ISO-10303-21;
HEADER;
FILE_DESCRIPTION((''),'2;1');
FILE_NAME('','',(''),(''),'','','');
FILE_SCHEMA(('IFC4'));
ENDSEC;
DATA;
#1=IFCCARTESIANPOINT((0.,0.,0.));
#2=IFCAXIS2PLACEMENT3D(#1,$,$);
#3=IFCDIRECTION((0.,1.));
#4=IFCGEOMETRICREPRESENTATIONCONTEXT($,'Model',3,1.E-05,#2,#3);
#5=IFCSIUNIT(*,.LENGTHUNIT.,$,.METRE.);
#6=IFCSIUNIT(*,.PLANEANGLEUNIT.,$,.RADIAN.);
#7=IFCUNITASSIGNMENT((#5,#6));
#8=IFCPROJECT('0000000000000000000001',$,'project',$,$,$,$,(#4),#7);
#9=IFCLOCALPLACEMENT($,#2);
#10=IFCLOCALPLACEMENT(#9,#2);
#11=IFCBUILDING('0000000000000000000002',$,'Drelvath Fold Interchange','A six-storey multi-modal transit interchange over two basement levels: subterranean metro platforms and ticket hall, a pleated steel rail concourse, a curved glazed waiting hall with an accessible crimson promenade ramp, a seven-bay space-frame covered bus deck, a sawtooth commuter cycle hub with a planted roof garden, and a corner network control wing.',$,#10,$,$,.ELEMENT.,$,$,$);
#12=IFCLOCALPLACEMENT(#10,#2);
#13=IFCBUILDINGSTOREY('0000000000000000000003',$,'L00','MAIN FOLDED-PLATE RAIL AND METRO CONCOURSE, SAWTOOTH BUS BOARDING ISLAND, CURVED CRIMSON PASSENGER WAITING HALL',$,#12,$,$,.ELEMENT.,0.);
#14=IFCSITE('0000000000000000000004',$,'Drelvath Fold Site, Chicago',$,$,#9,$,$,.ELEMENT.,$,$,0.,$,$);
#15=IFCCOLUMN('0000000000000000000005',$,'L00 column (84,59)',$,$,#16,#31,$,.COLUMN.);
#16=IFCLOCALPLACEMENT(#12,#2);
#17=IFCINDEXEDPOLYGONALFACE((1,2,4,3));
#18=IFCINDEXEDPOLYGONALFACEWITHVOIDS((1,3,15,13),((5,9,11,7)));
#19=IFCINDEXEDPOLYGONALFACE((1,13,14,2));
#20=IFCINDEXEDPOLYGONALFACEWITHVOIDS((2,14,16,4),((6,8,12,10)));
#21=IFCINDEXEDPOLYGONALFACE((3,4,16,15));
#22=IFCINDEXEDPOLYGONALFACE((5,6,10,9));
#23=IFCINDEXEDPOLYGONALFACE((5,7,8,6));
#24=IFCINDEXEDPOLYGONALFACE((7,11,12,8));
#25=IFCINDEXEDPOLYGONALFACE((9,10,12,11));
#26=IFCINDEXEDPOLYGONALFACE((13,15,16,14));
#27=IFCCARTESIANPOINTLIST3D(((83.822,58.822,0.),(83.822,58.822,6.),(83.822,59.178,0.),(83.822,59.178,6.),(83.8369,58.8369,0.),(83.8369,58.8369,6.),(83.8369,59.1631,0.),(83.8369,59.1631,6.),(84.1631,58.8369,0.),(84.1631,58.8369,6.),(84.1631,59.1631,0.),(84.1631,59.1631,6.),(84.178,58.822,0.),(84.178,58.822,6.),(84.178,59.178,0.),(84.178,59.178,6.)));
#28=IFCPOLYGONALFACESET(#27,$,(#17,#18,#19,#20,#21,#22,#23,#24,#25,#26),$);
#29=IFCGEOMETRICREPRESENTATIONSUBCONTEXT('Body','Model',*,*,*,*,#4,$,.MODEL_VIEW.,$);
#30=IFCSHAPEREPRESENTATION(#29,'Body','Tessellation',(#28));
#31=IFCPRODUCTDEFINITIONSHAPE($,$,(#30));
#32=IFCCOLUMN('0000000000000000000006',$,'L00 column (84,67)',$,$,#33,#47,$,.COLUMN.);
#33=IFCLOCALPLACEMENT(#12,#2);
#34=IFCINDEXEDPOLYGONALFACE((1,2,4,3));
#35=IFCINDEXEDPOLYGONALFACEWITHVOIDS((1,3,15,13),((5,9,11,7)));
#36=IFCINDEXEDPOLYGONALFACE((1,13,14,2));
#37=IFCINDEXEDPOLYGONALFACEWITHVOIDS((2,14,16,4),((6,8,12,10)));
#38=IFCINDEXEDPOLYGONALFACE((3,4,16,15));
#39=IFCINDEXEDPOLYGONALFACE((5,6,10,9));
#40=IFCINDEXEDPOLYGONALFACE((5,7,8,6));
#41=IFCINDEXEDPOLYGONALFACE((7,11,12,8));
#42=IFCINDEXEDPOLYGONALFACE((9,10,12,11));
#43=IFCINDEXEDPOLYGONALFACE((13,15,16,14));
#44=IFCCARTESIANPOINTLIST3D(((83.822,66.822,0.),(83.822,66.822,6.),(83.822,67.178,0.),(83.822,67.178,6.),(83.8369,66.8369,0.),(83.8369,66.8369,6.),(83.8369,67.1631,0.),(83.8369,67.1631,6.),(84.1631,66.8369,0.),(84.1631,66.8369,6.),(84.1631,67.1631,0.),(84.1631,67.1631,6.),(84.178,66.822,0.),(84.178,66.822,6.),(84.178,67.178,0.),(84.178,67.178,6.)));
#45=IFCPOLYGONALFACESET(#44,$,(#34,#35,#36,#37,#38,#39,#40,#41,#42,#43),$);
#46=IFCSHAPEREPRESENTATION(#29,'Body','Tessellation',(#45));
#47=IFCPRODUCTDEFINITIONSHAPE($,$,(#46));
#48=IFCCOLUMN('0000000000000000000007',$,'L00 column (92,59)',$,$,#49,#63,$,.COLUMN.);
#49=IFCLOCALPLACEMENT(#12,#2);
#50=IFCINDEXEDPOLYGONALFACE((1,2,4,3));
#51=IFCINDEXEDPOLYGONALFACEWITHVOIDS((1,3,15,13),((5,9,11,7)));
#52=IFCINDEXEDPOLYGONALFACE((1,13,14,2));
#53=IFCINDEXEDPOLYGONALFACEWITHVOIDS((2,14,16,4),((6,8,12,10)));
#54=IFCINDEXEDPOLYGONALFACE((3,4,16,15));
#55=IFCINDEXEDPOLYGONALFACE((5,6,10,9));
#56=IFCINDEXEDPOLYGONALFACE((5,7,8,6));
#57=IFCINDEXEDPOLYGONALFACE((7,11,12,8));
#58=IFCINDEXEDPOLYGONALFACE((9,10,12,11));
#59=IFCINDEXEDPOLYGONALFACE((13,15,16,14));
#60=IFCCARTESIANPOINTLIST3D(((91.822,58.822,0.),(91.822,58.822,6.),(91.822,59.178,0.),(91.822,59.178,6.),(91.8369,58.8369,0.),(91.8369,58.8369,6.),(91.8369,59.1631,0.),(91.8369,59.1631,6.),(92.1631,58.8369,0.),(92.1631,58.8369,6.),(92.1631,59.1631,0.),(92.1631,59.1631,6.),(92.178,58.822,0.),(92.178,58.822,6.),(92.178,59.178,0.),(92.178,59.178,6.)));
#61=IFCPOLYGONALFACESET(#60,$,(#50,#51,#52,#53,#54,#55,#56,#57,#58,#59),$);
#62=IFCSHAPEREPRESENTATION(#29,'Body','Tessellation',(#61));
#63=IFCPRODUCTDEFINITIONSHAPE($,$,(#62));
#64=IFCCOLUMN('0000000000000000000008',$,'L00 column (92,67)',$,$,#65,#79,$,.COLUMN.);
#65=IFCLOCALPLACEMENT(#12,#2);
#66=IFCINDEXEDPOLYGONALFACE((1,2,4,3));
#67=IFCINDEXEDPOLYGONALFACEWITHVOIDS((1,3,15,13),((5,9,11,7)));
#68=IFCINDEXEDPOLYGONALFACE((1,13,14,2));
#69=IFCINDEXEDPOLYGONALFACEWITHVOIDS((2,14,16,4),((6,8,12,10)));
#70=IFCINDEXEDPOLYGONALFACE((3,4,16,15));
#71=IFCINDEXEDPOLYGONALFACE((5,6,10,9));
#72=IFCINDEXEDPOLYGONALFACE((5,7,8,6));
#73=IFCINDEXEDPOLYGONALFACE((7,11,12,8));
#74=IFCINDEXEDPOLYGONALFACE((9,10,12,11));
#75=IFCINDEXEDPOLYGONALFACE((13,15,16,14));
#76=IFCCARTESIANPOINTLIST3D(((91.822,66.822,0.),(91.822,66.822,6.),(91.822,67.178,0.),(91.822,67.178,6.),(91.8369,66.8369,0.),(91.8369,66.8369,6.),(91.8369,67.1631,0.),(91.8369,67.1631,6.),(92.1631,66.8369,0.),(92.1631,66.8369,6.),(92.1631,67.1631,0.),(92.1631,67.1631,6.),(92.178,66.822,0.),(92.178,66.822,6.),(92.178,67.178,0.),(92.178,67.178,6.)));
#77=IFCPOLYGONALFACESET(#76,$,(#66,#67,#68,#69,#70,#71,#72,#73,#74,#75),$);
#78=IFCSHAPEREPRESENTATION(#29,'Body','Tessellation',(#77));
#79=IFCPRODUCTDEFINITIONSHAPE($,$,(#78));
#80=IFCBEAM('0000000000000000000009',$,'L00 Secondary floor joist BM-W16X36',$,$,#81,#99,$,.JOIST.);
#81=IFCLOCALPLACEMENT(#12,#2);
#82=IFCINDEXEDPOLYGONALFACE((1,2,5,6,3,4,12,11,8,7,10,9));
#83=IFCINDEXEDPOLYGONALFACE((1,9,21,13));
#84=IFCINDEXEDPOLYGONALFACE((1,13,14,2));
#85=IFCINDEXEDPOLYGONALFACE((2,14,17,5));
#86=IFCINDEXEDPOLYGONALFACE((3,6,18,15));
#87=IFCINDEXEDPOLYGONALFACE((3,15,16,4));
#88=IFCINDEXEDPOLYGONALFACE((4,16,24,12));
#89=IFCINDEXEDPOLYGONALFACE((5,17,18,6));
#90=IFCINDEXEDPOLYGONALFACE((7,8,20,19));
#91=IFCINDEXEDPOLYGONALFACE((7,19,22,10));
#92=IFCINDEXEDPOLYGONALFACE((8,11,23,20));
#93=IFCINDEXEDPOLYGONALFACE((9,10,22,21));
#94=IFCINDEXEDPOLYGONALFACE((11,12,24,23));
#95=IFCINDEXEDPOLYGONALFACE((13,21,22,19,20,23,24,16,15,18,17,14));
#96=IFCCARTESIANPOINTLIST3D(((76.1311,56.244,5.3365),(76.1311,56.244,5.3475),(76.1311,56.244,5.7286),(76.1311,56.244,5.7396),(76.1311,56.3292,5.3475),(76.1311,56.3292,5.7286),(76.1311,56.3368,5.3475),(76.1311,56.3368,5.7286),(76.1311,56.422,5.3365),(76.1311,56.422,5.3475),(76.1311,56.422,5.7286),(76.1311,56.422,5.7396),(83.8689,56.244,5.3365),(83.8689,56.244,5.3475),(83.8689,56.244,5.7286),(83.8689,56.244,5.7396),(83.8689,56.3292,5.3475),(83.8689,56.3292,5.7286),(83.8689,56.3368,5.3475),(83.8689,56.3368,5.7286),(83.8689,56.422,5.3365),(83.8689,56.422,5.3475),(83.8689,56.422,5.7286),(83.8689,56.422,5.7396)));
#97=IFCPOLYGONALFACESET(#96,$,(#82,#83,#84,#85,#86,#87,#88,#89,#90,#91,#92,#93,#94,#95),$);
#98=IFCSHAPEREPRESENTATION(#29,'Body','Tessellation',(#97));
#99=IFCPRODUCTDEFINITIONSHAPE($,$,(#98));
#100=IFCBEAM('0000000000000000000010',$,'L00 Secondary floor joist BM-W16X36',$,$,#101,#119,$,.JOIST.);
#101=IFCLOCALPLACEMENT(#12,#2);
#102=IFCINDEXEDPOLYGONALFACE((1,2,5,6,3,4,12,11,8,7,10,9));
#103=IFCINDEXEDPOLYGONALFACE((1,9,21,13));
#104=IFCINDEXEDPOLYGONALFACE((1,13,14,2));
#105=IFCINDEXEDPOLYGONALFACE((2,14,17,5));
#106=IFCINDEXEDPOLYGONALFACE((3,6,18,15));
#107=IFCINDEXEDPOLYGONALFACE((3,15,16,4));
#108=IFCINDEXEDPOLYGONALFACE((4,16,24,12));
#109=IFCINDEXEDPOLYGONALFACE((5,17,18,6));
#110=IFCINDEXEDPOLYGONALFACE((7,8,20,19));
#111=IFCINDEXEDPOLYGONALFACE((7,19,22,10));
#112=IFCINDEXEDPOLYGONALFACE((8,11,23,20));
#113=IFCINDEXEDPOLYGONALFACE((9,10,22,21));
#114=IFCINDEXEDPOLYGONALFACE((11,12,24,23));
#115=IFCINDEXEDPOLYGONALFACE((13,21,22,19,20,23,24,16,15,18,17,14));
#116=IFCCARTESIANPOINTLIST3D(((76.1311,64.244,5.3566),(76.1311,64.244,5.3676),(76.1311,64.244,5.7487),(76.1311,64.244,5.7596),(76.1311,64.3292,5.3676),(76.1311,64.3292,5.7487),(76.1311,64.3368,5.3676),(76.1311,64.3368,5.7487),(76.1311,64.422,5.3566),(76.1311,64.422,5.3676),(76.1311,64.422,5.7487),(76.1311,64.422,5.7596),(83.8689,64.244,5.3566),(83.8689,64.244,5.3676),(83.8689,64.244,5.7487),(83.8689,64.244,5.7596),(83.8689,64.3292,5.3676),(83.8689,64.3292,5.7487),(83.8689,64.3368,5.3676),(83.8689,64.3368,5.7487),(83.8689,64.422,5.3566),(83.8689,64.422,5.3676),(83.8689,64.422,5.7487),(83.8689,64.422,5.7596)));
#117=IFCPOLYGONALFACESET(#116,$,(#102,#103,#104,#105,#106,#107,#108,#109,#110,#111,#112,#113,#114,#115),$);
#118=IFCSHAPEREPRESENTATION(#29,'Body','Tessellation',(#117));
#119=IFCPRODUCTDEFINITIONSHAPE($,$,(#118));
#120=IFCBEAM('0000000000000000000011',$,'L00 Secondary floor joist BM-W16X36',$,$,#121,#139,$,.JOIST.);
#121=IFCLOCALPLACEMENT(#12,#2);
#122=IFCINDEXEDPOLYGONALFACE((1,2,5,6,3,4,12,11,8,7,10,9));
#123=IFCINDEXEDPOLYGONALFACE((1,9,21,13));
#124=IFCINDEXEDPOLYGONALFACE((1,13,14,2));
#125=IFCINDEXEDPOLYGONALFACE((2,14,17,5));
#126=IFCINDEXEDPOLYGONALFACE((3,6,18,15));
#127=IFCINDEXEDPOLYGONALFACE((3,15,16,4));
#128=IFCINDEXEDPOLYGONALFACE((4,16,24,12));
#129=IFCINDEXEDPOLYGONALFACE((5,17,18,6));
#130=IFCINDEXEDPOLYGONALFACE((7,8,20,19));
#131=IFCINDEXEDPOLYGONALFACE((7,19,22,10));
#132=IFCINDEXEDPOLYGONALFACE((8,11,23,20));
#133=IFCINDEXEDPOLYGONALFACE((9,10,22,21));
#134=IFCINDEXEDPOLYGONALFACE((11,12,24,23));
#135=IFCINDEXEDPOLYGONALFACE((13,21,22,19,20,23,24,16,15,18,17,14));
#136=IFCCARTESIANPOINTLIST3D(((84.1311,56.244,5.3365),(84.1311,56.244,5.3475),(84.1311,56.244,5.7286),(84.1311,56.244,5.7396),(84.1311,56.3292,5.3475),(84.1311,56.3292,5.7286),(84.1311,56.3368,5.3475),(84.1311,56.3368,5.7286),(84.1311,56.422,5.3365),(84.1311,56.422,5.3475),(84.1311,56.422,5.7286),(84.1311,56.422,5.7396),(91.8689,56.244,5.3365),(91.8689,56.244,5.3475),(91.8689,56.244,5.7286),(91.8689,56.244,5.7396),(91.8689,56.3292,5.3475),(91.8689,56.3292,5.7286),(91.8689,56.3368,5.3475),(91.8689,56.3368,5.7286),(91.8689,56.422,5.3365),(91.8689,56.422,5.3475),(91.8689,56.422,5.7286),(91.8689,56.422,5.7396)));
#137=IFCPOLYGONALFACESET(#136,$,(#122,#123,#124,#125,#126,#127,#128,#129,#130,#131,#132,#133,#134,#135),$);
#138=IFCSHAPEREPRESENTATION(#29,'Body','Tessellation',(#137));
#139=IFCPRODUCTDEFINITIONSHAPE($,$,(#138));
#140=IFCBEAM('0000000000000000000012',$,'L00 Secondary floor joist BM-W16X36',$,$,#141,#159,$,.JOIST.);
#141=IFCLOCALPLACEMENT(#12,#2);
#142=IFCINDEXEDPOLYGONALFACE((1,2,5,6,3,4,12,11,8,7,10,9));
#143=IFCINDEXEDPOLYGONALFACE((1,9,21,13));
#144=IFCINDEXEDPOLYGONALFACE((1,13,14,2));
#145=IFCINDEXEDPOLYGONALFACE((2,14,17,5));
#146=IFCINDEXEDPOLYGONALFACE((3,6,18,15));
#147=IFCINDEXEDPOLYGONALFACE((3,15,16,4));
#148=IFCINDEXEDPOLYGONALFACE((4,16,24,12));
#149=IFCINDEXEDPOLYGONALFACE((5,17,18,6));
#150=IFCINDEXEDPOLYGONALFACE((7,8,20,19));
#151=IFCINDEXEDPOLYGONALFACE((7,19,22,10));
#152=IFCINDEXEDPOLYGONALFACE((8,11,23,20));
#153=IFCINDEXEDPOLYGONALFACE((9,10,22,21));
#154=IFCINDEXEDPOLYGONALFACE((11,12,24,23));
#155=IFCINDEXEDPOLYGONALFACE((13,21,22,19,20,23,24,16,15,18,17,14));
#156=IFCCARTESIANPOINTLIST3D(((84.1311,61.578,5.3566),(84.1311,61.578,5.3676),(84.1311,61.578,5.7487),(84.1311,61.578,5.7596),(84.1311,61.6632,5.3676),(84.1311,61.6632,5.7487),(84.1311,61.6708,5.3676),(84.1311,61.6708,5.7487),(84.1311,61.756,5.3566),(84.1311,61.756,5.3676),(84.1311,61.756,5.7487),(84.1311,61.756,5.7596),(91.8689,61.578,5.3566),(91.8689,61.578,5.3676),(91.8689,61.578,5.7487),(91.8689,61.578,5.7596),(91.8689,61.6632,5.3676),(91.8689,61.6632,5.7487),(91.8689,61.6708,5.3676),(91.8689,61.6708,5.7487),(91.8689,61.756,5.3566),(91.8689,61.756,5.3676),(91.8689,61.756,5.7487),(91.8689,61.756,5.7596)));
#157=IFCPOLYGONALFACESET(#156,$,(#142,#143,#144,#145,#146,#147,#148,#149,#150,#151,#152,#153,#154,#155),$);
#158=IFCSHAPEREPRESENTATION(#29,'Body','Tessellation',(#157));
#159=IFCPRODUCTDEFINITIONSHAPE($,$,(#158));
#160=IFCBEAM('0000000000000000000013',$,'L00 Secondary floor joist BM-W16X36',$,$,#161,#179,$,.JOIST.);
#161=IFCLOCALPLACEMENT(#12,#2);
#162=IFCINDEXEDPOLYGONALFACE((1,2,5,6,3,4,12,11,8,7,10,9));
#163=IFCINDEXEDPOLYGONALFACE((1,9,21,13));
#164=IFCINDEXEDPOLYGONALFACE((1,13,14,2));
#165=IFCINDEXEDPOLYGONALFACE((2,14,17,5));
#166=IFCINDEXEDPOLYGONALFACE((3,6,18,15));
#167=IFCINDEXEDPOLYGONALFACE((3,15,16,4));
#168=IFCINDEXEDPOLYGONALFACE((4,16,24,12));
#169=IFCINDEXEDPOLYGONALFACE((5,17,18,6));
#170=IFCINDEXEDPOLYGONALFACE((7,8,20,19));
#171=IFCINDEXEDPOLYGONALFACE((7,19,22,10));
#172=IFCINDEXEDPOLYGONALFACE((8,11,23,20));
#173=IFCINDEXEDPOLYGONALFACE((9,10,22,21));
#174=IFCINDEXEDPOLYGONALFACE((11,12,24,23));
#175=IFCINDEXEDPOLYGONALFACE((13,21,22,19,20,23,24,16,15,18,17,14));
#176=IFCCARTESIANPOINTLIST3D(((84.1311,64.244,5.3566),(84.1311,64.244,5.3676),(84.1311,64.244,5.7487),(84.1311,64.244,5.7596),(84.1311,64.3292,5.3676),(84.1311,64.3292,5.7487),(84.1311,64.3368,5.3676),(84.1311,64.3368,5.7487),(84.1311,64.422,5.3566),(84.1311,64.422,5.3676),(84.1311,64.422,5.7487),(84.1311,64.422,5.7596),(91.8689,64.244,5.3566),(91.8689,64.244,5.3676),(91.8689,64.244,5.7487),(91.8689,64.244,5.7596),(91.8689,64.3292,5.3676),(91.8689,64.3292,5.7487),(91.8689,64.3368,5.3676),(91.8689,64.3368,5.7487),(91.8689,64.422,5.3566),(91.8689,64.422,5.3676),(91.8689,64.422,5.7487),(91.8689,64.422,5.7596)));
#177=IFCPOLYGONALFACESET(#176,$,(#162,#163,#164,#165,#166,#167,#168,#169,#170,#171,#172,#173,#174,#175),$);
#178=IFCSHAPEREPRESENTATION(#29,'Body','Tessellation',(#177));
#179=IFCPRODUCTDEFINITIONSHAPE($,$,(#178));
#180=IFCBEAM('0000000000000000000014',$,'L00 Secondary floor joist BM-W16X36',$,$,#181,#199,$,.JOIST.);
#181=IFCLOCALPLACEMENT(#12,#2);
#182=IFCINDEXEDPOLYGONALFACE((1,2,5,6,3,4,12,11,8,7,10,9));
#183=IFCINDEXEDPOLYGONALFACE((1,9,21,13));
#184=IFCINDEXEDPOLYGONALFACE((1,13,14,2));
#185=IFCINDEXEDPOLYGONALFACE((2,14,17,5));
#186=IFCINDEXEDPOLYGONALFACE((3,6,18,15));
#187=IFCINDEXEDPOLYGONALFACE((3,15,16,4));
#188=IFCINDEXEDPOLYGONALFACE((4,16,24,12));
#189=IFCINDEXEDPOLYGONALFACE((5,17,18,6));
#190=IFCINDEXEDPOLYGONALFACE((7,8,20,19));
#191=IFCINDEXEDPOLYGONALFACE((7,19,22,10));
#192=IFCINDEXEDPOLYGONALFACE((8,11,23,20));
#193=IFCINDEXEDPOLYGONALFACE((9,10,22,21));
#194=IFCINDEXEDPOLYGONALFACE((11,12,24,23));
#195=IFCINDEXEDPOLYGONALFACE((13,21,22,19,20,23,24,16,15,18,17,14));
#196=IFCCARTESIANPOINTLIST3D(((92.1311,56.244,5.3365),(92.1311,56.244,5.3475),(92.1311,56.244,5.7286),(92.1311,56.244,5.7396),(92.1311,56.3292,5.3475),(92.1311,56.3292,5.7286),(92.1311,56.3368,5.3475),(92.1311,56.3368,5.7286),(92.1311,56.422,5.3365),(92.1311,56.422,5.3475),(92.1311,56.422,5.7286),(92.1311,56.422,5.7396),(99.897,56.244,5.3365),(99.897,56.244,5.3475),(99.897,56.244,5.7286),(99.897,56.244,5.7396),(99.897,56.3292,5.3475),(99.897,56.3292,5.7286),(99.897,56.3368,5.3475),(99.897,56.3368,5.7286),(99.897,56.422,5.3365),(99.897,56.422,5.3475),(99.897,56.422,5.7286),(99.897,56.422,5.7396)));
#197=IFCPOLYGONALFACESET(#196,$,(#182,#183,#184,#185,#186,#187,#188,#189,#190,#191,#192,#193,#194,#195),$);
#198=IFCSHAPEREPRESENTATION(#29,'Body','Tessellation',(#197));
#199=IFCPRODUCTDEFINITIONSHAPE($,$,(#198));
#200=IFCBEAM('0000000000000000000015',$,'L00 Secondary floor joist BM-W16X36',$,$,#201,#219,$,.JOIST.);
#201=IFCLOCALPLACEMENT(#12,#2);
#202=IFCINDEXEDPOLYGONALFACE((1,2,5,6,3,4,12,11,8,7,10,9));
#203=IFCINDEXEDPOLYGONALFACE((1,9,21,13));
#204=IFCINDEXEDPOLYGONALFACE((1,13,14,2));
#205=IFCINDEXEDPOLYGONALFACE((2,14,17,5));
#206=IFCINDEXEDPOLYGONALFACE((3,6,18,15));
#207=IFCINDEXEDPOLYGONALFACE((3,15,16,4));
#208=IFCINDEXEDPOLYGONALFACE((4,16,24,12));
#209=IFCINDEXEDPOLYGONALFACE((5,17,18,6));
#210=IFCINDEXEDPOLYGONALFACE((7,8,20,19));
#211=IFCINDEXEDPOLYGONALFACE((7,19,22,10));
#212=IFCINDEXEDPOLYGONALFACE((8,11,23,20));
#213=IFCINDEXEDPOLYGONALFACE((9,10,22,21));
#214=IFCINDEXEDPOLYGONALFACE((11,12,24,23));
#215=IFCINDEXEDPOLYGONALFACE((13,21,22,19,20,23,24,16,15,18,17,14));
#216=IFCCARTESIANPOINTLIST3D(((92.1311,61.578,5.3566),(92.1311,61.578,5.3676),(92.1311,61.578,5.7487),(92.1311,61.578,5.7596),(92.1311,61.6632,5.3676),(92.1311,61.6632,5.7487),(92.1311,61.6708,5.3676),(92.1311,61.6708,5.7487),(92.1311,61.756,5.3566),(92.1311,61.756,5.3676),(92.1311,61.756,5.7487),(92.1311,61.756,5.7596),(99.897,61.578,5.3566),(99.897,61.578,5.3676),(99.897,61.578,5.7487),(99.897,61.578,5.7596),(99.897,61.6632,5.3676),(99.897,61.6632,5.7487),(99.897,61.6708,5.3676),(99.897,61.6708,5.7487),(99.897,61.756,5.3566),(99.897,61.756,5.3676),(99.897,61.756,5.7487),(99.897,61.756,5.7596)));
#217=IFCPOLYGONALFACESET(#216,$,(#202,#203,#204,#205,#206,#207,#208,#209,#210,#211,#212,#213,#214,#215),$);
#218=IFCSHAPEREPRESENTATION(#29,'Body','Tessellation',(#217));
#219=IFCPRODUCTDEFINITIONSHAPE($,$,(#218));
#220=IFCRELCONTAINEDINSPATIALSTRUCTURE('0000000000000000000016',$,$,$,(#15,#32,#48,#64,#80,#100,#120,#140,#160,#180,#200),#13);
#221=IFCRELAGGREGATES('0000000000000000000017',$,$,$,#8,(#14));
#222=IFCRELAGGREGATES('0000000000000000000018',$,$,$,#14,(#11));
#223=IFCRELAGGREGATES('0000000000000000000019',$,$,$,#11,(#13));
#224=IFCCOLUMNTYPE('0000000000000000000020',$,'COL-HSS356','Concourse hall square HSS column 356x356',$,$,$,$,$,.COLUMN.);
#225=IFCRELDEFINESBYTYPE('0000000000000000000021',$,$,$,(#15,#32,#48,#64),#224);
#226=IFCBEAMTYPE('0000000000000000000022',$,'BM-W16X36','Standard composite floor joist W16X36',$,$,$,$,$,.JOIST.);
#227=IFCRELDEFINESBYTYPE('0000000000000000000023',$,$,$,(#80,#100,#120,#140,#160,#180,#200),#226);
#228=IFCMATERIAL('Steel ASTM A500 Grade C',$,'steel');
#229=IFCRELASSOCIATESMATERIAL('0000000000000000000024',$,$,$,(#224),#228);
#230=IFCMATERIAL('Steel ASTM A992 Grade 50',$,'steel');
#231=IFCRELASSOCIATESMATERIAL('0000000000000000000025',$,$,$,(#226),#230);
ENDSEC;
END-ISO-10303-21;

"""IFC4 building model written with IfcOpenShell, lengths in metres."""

from ifc_helpers import new_model, si_unit, direction, frame, origin, origin_2d, place, context, subcontext, project, spatial, hollow_rectangle, i_section, extrude, material, material_profile, profile_set, type_object, element, save


model = new_model("IFC4")

# Units and contexts
model_context = context("Model", 3, precision=1e-05, world=origin(), true_north=direction((0.0, 1.0)))
body_context = subcontext(model_context, "Body", "Model", "MODEL_VIEW")
ifc_project = project(units=[si_unit("LENGTHUNIT", "METRE"), si_unit("PLANEANGLEUNIT", "RADIAN")], contexts=[model_context])

# Site, building, storey
site_placement = place(None, origin())
site = spatial("IfcSite", under=ifc_project, at=site_placement, Name="Drelvath Fold Site, Chicago", CompositionType="ELEMENT", RefElevation=0.0)
building_placement = place(site_placement, origin())
building = spatial("IfcBuilding", under=site, at=building_placement, Name="Drelvath Fold Interchange", Description="A six-storey multi-modal transit interchange over two basement levels: subterranean metro platforms and ticket hall, a pleated steel rail concourse, a curved glazed waiting hall with an accessible crimson promenade ramp, a seven-bay space-frame covered bus deck, a sawtooth commuter cycle hub with a planted roof garden, and a corner network control wing.", CompositionType="ELEMENT")
storey_placement = place(building_placement, origin())
storey = spatial("IfcBuildingStorey", under=building, at=storey_placement, Name="L00", Description="MAIN FOLDED-PLATE RAIL AND METRO CONCOURSE, SAWTOOTH BUS BOARDING ISLAND, CURVED CRIMSON PASSENGER WAITING HALL", CompositionType="ELEMENT", Elevation=0.0)

# Columns
ifc_material_1 = material(Name="Steel ASTM A500 Grade C", Category="steel")
ifc_material_profile_1 = material_profile(ifc_material_1, hollow_rectangle(XDim=0.356, YDim=0.356, WallThickness=0.0149, at=origin_2d()), Name="HSS14X14X5/8")
ifc_profile_set_1 = profile_set([ifc_material_profile_1], Name="Steel ASTM A500 Grade C")
column_type = type_object("IfcColumnType", Name="COL-HSS356", Description="Concourse hall square HSS column 356x356", PredefinedType="COLUMN", material=ifc_profile_set_1)
for number, where, z_axis, x_axis, name in (
    (1, (84.0, 59.0, 0.0), (0.0, 0.0, 1.0), (1.0, 0.0, 0.0), "L00 column (84,59)"),
    (2, (84.0, 67.0, 0.0), (0.0, 0.0, 1.0), (1.0, 0.0, 0.0), "L00 column (84,67)"),
    (3, (92.0, 59.0, 0.0), (0.0, 0.0, 1.0), (1.0, 0.0, 0.0), "L00 column (92,59)"),
    (4, (92.0, 67.0, 0.0), (0.0, 0.0, 1.0), (1.0, 0.0, 0.0), "L00 column (92,67)"),
):
    element("IfcColumn", number, at=place(storey_placement, frame(where, z_axis=z_axis, x_axis=x_axis)), inside=storey, type_object=column_type, Name=name, PredefinedType="COLUMN", context=body_context, shape_type="SweptSolid", body=[
        extrude(hollow_rectangle(XDim=0.356, YDim=0.356, WallThickness=0.0149, at=origin_2d()), origin(), (0.0, 0.0, 1.0), 6.0),
    ])

# Beams
ifc_material_2 = material(Name="Steel ASTM A992 Grade 50", Category="steel")
ifc_material_profile_2 = material_profile(ifc_material_2, i_section(OverallWidth=0.178, OverallDepth=0.4031, WebThickness=0.0076, FlangeThickness=0.011, at=origin_2d()), Name="W16X36")
ifc_profile_set_2 = profile_set([ifc_material_profile_2], Name="Steel ASTM A992 Grade 50")
beam_type_1 = type_object("IfcBeamType", Name="BM-W16X36", Description="Standard composite floor joist W16X36", PredefinedType="JOIST", material=ifc_profile_set_2)
for number, where, z_axis, x_axis, name in (
    (5, (76.1311, 56.333, 5.5381), (1.0, 0.0, 0.0), (0.0, 1.0, 0.0), "L00 Secondary floor joist BM-W16X36"),
    (6, (76.1311, 64.333, 5.5581), (1.0, 0.0, 0.0), (0.0, 1.0, 0.0), "L00 Secondary floor joist BM-W16X36"),
    (7, (84.1311, 56.333, 5.5381), (1.0, 0.0, 0.0), (0.0, 1.0, 0.0), "L00 Secondary floor joist BM-W16X36"),
    (8, (84.1311, 61.667, 5.5581), (1.0, 0.0, 0.0), (0.0, 1.0, 0.0), "L00 Secondary floor joist BM-W16X36"),
    (9, (84.1311, 64.333, 5.5581), (1.0, 0.0, 0.0), (0.0, 1.0, 0.0), "L00 Secondary floor joist BM-W16X36"),
):
    element("IfcBeam", number, at=place(storey_placement, frame(where, z_axis=z_axis, x_axis=x_axis)), inside=storey, type_object=beam_type_1, Name=name, PredefinedType="JOIST", context=body_context, shape_type="SweptSolid", body=[
        extrude(i_section(OverallWidth=0.178, OverallDepth=0.4031, WebThickness=0.0076, FlangeThickness=0.011, at=origin_2d()), origin(), (0.0, 0.0, 1.0), 7.7378),
    ])
for number, where, z_axis, x_axis, name in (
    (10, (92.1311, 56.333, 5.5381), (1.0, 0.0, 0.0), (0.0, 1.0, 0.0), "L00 Secondary floor joist BM-W16X36"),
    (11, (92.1311, 61.667, 5.5581), (1.0, 0.0, 0.0), (0.0, 1.0, 0.0), "L00 Secondary floor joist BM-W16X36"),
):
    element("IfcBeam", number, at=place(storey_placement, frame(where, z_axis=z_axis, x_axis=x_axis)), inside=storey, type_object=beam_type_1, Name=name, PredefinedType="JOIST", context=body_context, shape_type="SweptSolid", body=[
        extrude(i_section(OverallWidth=0.178, OverallDepth=0.4031, WebThickness=0.0076, FlangeThickness=0.011, at=origin_2d()), origin(), (0.0, 0.0, 1.0), 7.7659),
    ])

save(model, "model.ifc")
